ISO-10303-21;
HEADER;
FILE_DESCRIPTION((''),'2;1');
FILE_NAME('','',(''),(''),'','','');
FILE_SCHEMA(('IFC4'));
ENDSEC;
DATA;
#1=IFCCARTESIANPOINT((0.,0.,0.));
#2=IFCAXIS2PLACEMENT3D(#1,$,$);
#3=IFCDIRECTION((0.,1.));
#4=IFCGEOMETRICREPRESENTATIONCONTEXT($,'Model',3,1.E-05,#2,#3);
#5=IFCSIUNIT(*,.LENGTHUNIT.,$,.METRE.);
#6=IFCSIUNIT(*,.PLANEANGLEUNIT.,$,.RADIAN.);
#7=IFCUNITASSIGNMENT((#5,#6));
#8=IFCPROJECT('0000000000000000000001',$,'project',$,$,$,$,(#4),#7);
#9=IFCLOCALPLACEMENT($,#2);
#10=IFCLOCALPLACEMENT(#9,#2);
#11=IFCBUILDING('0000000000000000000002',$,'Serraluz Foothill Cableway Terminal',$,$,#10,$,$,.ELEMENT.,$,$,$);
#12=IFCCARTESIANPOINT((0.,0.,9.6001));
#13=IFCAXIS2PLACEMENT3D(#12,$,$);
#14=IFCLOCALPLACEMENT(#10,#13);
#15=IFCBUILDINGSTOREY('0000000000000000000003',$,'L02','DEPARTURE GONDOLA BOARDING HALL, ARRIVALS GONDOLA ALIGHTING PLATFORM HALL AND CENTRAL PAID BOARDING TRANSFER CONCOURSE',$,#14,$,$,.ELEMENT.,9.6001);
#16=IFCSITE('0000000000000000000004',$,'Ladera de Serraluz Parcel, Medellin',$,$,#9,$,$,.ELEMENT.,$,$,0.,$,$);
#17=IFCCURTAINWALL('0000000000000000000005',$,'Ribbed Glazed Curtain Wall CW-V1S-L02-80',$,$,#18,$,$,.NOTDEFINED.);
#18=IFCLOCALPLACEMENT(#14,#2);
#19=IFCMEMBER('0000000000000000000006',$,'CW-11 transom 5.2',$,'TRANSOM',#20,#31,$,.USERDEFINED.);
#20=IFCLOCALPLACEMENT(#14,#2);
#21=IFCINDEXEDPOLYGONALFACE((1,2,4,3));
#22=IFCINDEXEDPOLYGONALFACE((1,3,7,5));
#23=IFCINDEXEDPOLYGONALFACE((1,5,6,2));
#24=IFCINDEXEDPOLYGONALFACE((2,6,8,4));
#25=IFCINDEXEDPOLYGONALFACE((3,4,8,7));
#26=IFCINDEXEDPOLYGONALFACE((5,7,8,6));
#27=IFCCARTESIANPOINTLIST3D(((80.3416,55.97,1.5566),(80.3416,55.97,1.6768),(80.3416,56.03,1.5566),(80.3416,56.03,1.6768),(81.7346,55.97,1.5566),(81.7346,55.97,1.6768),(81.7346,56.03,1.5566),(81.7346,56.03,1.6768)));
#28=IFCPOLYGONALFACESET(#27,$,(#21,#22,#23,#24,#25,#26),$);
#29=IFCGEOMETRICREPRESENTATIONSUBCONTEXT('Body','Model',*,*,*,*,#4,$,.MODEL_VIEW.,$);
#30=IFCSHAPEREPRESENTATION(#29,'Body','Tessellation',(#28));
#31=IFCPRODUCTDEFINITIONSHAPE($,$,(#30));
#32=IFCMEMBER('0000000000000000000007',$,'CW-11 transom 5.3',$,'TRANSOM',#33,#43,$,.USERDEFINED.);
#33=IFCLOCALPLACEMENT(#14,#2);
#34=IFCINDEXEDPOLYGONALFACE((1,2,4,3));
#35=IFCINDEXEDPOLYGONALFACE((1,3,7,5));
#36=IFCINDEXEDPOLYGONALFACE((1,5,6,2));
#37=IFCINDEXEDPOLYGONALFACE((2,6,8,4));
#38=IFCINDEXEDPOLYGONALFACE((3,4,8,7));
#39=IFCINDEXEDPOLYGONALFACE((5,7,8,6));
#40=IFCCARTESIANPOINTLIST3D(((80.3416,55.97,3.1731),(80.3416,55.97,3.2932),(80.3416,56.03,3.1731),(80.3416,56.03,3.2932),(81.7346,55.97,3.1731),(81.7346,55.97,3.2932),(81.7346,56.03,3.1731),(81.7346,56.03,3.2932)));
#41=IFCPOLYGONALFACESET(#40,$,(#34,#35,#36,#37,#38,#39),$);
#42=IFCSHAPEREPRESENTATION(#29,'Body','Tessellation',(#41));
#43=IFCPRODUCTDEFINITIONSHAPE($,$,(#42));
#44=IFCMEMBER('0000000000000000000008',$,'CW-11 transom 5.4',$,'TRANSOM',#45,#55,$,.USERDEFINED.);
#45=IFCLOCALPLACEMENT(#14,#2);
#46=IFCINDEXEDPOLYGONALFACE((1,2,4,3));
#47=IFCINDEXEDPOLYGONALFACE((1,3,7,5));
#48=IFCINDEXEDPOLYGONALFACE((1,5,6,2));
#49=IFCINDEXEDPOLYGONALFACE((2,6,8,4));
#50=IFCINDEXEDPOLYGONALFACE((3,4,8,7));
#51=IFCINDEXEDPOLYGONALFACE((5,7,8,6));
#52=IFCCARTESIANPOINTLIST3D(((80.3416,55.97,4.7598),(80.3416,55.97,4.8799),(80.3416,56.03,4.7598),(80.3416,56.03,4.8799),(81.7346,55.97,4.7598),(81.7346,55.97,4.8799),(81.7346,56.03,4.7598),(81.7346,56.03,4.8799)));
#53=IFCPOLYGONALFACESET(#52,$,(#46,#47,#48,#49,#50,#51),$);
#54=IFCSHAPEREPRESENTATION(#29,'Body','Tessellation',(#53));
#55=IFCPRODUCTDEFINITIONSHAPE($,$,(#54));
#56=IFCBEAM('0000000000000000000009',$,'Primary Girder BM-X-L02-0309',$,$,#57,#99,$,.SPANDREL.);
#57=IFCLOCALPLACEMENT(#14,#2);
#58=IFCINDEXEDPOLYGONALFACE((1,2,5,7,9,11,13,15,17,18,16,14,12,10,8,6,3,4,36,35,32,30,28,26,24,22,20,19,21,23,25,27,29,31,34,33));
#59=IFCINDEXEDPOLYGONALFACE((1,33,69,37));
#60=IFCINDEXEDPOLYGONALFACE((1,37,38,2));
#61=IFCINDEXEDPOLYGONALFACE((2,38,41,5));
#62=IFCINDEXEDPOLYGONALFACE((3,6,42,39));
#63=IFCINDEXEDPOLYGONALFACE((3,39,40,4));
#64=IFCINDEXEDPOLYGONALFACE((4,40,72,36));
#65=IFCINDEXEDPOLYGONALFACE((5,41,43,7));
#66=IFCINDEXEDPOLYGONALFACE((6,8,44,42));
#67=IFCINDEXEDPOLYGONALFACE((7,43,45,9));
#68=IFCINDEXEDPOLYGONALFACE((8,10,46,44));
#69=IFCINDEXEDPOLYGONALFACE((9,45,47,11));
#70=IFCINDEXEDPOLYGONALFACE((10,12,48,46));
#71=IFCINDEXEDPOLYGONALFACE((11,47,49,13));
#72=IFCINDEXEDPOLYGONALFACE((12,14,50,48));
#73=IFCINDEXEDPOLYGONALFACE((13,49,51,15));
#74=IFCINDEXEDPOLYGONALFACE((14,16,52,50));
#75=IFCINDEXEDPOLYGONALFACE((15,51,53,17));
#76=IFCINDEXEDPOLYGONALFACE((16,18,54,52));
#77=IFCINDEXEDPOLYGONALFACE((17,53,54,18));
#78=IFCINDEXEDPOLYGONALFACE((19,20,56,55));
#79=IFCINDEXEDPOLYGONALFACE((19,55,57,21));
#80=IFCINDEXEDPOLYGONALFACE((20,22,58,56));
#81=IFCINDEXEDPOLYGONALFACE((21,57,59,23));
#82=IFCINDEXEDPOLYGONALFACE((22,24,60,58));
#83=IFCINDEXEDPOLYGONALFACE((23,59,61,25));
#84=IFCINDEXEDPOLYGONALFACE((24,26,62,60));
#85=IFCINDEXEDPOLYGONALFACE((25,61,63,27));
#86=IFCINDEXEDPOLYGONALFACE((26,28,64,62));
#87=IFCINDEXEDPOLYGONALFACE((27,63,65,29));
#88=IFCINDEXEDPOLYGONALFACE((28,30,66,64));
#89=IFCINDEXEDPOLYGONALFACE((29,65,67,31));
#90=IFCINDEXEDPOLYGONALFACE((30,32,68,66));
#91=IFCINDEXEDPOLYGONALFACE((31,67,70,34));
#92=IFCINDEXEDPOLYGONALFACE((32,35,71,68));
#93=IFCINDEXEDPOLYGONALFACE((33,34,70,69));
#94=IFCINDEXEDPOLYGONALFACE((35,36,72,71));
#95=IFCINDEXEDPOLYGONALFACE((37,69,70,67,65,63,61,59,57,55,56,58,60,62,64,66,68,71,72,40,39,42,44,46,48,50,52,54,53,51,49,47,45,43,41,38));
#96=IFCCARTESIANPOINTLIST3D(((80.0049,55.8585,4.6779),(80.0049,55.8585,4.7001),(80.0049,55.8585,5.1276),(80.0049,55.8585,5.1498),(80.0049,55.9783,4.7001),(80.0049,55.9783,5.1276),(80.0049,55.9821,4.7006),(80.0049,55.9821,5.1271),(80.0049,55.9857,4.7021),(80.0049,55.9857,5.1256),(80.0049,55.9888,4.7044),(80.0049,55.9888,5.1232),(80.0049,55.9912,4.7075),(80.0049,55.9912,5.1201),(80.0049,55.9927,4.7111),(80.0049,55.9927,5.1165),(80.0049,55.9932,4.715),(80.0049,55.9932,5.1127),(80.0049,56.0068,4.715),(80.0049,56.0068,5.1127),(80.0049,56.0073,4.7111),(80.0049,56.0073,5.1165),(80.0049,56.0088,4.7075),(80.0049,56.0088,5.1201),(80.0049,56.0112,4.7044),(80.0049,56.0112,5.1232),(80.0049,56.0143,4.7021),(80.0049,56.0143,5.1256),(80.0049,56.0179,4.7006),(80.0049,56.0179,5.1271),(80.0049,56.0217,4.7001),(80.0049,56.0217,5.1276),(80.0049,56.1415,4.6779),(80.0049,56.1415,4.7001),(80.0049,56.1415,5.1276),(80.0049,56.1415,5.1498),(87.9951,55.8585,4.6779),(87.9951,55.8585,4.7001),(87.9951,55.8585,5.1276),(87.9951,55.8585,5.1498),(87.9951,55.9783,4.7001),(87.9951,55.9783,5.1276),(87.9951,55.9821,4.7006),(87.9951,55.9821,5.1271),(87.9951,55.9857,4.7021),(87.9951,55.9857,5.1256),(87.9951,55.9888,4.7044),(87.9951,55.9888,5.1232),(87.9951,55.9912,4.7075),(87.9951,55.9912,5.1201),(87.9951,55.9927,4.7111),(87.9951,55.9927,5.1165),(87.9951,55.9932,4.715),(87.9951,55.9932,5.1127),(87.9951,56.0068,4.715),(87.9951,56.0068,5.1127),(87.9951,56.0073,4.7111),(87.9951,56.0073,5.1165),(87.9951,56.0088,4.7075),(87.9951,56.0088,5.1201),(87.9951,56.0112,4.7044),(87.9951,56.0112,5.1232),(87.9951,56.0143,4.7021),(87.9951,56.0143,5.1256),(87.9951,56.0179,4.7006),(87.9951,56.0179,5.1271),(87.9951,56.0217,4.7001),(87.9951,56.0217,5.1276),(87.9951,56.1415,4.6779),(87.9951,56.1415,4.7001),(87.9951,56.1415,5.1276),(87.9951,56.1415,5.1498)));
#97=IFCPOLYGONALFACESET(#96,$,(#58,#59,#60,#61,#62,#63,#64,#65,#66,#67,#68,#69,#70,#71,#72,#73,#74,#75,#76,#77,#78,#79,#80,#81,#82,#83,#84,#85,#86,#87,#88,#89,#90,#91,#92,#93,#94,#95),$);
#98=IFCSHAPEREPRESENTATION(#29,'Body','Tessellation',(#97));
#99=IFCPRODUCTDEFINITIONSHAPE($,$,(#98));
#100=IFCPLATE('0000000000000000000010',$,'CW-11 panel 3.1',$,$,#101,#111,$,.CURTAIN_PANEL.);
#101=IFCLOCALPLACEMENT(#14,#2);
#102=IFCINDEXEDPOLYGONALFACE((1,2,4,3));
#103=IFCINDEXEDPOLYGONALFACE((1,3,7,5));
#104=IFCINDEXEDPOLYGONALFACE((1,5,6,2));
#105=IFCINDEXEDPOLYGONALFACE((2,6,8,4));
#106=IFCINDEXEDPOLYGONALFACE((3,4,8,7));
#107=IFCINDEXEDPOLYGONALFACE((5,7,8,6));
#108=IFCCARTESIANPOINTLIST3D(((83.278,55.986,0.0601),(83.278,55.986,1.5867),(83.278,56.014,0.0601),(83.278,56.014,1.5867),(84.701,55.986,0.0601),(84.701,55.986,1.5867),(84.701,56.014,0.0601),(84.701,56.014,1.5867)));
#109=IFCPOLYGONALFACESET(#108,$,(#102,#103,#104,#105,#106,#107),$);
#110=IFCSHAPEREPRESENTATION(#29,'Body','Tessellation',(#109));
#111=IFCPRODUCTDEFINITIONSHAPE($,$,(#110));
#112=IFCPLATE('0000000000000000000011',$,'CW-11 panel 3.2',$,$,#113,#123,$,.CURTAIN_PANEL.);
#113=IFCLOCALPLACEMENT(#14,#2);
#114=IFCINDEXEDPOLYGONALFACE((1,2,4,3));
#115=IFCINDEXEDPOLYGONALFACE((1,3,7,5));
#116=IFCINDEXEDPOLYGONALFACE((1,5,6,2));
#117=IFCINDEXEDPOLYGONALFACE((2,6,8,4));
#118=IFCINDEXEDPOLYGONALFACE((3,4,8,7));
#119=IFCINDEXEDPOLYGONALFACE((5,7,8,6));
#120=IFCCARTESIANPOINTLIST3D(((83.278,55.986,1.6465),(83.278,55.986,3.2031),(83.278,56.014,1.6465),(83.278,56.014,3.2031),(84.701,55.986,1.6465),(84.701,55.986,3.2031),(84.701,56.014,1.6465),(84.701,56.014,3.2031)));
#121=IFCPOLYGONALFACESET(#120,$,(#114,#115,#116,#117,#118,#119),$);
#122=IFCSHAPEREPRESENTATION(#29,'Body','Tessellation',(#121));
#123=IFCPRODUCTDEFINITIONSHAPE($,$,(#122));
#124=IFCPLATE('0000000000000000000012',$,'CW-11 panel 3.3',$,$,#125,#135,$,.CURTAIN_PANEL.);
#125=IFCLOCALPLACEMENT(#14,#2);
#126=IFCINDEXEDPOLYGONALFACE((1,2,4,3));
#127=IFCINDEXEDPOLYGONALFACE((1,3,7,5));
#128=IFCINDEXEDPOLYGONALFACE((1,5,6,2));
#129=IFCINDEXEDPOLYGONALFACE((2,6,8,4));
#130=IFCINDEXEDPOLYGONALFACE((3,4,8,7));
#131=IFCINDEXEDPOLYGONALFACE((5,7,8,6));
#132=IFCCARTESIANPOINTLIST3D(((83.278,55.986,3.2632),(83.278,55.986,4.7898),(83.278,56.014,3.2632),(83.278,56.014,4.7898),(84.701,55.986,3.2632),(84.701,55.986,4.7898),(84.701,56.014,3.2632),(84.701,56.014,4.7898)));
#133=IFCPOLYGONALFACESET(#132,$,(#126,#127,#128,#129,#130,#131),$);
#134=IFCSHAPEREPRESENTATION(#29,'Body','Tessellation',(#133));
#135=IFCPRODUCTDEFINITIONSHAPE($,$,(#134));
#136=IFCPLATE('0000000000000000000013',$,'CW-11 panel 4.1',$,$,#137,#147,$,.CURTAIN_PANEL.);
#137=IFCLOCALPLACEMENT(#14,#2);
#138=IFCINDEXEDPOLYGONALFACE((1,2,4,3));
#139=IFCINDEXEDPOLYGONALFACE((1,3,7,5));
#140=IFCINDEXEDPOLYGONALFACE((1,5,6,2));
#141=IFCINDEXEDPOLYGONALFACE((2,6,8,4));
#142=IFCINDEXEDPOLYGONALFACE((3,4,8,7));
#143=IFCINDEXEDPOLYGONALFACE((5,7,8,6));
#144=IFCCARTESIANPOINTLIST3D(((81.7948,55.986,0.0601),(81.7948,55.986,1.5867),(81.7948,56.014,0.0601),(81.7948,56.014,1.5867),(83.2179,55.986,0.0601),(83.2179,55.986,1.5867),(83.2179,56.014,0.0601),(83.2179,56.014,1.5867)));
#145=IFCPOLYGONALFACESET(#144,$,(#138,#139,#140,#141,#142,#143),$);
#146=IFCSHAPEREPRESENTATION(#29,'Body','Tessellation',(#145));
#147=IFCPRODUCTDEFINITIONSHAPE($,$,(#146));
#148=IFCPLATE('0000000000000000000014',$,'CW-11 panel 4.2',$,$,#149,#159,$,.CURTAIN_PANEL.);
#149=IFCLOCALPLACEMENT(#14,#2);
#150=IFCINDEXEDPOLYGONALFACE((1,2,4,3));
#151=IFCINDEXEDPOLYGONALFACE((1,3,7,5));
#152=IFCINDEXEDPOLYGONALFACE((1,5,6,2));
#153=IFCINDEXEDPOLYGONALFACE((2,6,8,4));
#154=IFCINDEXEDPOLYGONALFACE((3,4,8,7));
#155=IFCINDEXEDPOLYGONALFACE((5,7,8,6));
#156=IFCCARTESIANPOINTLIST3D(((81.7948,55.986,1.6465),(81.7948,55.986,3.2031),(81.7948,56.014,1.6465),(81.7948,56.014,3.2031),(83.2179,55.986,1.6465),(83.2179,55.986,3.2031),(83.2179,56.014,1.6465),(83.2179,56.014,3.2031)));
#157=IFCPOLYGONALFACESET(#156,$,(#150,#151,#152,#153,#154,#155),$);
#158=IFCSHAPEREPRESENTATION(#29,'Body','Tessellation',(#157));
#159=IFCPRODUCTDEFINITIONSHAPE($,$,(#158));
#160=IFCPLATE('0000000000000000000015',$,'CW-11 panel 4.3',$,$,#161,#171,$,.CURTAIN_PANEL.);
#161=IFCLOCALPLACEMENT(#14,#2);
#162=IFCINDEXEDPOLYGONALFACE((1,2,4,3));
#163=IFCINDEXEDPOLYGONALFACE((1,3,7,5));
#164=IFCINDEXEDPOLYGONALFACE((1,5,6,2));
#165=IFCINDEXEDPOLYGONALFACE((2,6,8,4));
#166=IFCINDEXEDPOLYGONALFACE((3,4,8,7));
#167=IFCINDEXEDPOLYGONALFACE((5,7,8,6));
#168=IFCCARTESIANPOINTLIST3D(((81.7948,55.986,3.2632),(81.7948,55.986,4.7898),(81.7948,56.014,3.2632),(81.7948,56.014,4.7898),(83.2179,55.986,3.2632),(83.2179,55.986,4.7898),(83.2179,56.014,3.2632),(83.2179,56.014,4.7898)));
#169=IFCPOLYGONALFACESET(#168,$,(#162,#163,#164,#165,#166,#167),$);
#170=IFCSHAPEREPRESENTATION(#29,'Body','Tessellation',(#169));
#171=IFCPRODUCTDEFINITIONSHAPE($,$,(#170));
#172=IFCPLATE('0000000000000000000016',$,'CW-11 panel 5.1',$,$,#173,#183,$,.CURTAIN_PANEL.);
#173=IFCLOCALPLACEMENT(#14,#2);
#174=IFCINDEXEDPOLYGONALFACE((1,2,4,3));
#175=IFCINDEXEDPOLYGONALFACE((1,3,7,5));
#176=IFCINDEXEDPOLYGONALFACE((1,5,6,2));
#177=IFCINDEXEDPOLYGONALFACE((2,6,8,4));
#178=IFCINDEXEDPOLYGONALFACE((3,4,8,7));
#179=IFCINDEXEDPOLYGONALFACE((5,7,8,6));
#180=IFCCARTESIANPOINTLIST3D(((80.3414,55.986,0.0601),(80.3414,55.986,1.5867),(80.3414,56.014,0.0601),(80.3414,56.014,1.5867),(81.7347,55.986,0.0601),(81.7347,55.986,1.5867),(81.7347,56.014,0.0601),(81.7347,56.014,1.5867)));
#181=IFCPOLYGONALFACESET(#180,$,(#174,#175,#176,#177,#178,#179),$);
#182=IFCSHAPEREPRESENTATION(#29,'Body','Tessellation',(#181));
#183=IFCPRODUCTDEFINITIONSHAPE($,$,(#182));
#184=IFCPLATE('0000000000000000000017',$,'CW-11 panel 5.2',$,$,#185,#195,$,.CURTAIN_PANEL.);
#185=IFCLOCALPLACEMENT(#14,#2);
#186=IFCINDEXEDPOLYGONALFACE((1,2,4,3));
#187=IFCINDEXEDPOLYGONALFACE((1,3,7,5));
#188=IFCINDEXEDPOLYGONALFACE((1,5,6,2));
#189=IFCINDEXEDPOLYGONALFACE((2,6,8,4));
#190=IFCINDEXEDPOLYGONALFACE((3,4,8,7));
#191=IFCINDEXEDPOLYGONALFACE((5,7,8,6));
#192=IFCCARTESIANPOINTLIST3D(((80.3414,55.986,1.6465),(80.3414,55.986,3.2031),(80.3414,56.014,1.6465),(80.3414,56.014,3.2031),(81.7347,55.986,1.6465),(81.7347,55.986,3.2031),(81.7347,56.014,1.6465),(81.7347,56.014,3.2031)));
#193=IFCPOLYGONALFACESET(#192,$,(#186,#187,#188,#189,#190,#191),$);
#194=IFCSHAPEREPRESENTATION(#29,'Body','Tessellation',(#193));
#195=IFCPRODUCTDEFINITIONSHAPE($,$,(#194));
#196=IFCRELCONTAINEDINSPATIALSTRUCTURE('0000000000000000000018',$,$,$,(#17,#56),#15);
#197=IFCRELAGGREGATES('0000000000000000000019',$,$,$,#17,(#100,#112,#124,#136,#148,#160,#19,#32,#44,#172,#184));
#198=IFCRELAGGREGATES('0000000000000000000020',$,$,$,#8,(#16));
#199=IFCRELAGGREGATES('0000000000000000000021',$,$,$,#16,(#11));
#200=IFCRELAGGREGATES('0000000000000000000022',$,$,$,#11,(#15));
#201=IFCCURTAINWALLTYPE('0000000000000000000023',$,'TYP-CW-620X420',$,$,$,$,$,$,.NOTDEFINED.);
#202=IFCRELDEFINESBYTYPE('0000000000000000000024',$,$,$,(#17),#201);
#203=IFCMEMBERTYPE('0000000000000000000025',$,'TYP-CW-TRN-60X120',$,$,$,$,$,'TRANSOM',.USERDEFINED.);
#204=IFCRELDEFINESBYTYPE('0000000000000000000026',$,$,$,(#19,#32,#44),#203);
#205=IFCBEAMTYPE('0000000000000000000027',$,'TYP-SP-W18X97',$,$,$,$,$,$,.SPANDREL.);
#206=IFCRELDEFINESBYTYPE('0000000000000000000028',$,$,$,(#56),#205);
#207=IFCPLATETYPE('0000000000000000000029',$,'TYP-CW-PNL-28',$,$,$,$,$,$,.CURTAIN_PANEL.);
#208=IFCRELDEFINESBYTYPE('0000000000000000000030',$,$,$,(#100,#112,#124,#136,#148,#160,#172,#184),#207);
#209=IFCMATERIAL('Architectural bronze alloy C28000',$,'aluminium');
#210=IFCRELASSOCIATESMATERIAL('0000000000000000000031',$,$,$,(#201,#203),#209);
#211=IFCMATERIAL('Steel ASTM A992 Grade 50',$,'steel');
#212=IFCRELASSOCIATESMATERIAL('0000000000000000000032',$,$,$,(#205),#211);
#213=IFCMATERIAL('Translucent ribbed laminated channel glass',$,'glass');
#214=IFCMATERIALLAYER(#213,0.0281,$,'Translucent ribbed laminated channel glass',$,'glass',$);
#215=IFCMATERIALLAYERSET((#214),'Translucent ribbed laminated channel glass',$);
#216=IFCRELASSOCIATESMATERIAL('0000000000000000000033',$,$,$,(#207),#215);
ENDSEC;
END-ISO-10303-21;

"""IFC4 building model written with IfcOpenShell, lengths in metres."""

from ifc_helpers import new_model, si_unit, direction, frame, origin, origin_2d, place, context, subcontext, project, spatial, rectangle, i_section, extrude, material, layer, layer_set, material_profile, profile_set, type_object, element, aggregate, save


model = new_model("IFC4")

# Units and contexts
model_context = context("Model", 3, precision=1e-05, world=origin(), true_north=direction((0.0, 1.0)))
body_context = subcontext(model_context, "Body", "Model", "MODEL_VIEW")
ifc_project = project(units=[si_unit("LENGTHUNIT", "METRE"), si_unit("PLANEANGLEUNIT", "RADIAN")], contexts=[model_context])

# Site, building, storey
site_placement = place(None, origin())
site = spatial("IfcSite", under=ifc_project, at=site_placement, Name="Ladera de Serraluz Parcel, Medellin", CompositionType="ELEMENT", RefElevation=0.0)
building_placement = place(site_placement, origin())
building = spatial("IfcBuilding", under=site, at=building_placement, Name="Serraluz Foothill Cableway Terminal", CompositionType="ELEMENT")
storey_placement = place(building_placement, frame((0.0, 0.0, 9.6001)))
storey = spatial("IfcBuildingStorey", under=building, at=storey_placement, Name="L02", Description="DEPARTURE GONDOLA BOARDING HALL, ARRIVALS GONDOLA ALIGHTING PLATFORM HALL AND CENTRAL PAID BOARDING TRANSFER CONCOURSE", CompositionType="ELEMENT", Elevation=9.6001)

# Shared definitions
ifc_material_1 = material(Name="Steel ASTM A992 Grade 50", Category="steel")

# Shared definitions
ifc_material_2 = material(Name="Architectural bronze alloy C28000", Category="aluminium")

# Curtain wall, members
curtain_wall_type_1 = type_object("IfcCurtainWallType", Name="TYP-CW-620X420", PredefinedType="NOTDEFINED", material=ifc_material_2)
curtain_wall_1_placement = place(storey_placement, origin())
curtain_wall_1 = element("IfcCurtainWall", 1, at=curtain_wall_1_placement, inside=storey, type_object=curtain_wall_type_1, Name="Ribbed Glazed Curtain Wall CW-V1S-L02-80", PredefinedType="NOTDEFINED")
ifc_material_profile_1 = material_profile(ifc_material_2, rectangle(XDim=0.0601, YDim=0.1201, at=origin_2d()), Name="ALU TRANSOM 60x120")
ifc_profile_set_1 = profile_set([ifc_material_profile_1], Name="Architectural bronze alloy C28000")
member_type_1 = type_object("IfcMemberType", Name="TYP-CW-TRN-60X120", ElementType="TRANSOM", PredefinedType="USERDEFINED", material=ifc_profile_set_1)
member_1_placement = place(storey_placement, frame((81.7346, 56.0, 1.6167), z_axis=(-1.0, 0.0, 0.0), x_axis=(0.0, -1.0, 0.0)))
member_1 = element("IfcMember", 2, at=member_1_placement, type_object=member_type_1, Name="CW-11 transom 5.2", ObjectType="TRANSOM", PredefinedType="USERDEFINED", context=body_context, shape_type="SweptSolid", body=[
    extrude(rectangle(XDim=0.0601, YDim=0.1201, at=origin_2d()), origin(), (0.0, 0.0, 1.0), 1.3931),
])
member_2_placement = place(storey_placement, frame((81.7346, 56.0, 3.2332), z_axis=(-1.0, 0.0, 0.0), x_axis=(0.0, -1.0, 0.0)))
member_2 = element("IfcMember", 3, at=member_2_placement, type_object=member_type_1, Name="CW-11 transom 5.3", ObjectType="TRANSOM", PredefinedType="USERDEFINED", context=body_context, shape_type="SweptSolid", body=[
    extrude(rectangle(XDim=0.0601, YDim=0.1201, at=origin_2d()), origin(), (0.0, 0.0, 1.0), 1.3931),
])
member_3_placement = place(storey_placement, frame((81.7346, 56.0, 4.8198), z_axis=(-1.0, 0.0, 0.0), x_axis=(0.0, -1.0, 0.0)))
member_3 = element("IfcMember", 4, at=member_3_placement, type_object=member_type_1, Name="CW-11 transom 5.4", ObjectType="TRANSOM", PredefinedType="USERDEFINED", context=body_context, shape_type="SweptSolid", body=[
    extrude(rectangle(XDim=0.0601, YDim=0.1201, at=origin_2d()), origin(), (0.0, 0.0, 1.0), 1.3931),
])

# Beam
ifc_material_profile_2 = material_profile(ifc_material_1, i_section(OverallWidth=0.283, OverallDepth=0.4719, WebThickness=0.0137, FlangeThickness=0.0222, FilletRadius=0.0149, at=origin_2d()), Name="W18X97")
ifc_profile_set_2 = profile_set([ifc_material_profile_2], Name="Steel ASTM A992 Grade 50")
beam_type = type_object("IfcBeamType", Name="TYP-SP-W18X97", PredefinedType="SPANDREL", material=ifc_profile_set_2)
beam_placement = place(storey_placement, frame((80.0049, 56.0, 4.9138), z_axis=(1.0, 0.0, 0.0), x_axis=(0.0, 1.0, 0.0)))
element("IfcBeam", 5, at=beam_placement, inside=storey, type_object=beam_type, Name="Primary Girder BM-X-L02-0309", PredefinedType="SPANDREL", context=body_context, shape_type="SweptSolid", body=[
    extrude(i_section(OverallWidth=0.283, OverallDepth=0.4719, WebThickness=0.0137, FlangeThickness=0.0222, FilletRadius=0.0149, at=origin_2d()), origin(), (0.0, 0.0, 1.0), 7.9902),
])

# Plates
ifc_material_3 = material(Name="Translucent ribbed laminated channel glass", Category="glass")
ifc_layer_1 = layer(ifc_material_3, 0.0281, Name="Translucent ribbed laminated channel glass", Category="glass")
ifc_layer_set_1 = layer_set([ifc_layer_1], Name="Translucent ribbed laminated channel glass")
plate_type_1 = type_object("IfcPlateType", Name="TYP-CW-PNL-28", PredefinedType="CURTAIN_PANEL", material=ifc_layer_set_1)
plate_1_placement = place(storey_placement, frame((83.9895, 56.0, 0.0601), z_axis=(0.0, 0.0, 1.0), x_axis=(-1.0, 0.0, 0.0)))
plate_1 = element("IfcPlate", 6, at=plate_1_placement, type_object=plate_type_1, Name="CW-11 panel 3.1", PredefinedType="CURTAIN_PANEL", context=body_context, shape_type="SweptSolid", body=[
    extrude(rectangle(XDim=1.4231, YDim=0.0281, at=origin_2d()), origin(), (0.0, 0.0, 1.0), 1.5266),
])
plate_2_placement = place(storey_placement, frame((83.9895, 56.0, 1.6465), z_axis=(0.0, 0.0, 1.0), x_axis=(-1.0, 0.0, 0.0)))
plate_2 = element("IfcPlate", 7, at=plate_2_placement, type_object=plate_type_1, Name="CW-11 panel 3.2", PredefinedType="CURTAIN_PANEL", context=body_context, shape_type="SweptSolid", body=[
    extrude(rectangle(XDim=1.4231, YDim=0.0281, at=origin_2d()), origin(), (0.0, 0.0, 1.0), 1.5566),
])
plate_3_placement = place(storey_placement, frame((83.9895, 56.0, 3.2632), z_axis=(0.0, 0.0, 1.0), x_axis=(-1.0, 0.0, 0.0)))
plate_3 = element("IfcPlate", 8, at=plate_3_placement, type_object=plate_type_1, Name="CW-11 panel 3.3", PredefinedType="CURTAIN_PANEL", context=body_context, shape_type="SweptSolid", body=[
    extrude(rectangle(XDim=1.4231, YDim=0.0281, at=origin_2d()), origin(), (0.0, 0.0, 1.0), 1.5266),
])
plate_4_placement = place(storey_placement, frame((82.5063, 56.0, 0.0601), z_axis=(0.0, 0.0, 1.0), x_axis=(-1.0, 0.0, 0.0)))
plate_4 = element("IfcPlate", 9, at=plate_4_placement, type_object=plate_type_1, Name="CW-11 panel 4.1", PredefinedType="CURTAIN_PANEL", context=body_context, shape_type="SweptSolid", body=[
    extrude(rectangle(XDim=1.4231, YDim=0.0281, at=origin_2d()), origin(), (0.0, 0.0, 1.0), 1.5266),
])
plate_5_placement = place(storey_placement, frame((82.5063, 56.0, 1.6465), z_axis=(0.0, 0.0, 1.0), x_axis=(-1.0, 0.0, 0.0)))
plate_5 = element("IfcPlate", 10, at=plate_5_placement, type_object=plate_type_1, Name="CW-11 panel 4.2", PredefinedType="CURTAIN_PANEL", context=body_context, shape_type="SweptSolid", body=[
    extrude(rectangle(XDim=1.4231, YDim=0.0281, at=origin_2d()), origin(), (0.0, 0.0, 1.0), 1.5566),
])
plate_6_placement = place(storey_placement, frame((82.5063, 56.0, 3.2632), z_axis=(0.0, 0.0, 1.0), x_axis=(-1.0, 0.0, 0.0)))
plate_6 = element("IfcPlate", 11, at=plate_6_placement, type_object=plate_type_1, Name="CW-11 panel 4.3", PredefinedType="CURTAIN_PANEL", context=body_context, shape_type="SweptSolid", body=[
    extrude(rectangle(XDim=1.4231, YDim=0.0281, at=origin_2d()), origin(), (0.0, 0.0, 1.0), 1.5266),
])
plate_7_placement = place(storey_placement, frame((81.0381, 56.0, 0.0601), z_axis=(0.0, 0.0, 1.0), x_axis=(-1.0, 0.0, 0.0)))
plate_7 = element("IfcPlate", 12, at=plate_7_placement, type_object=plate_type_1, Name="CW-11 panel 5.1", PredefinedType="CURTAIN_PANEL", context=body_context, shape_type="SweptSolid", body=[
    extrude(rectangle(XDim=1.3933, YDim=0.0281, at=origin_2d()), origin(), (0.0, 0.0, 1.0), 1.5266),
])
plate_8_placement = place(storey_placement, frame((81.0381, 56.0, 1.6465), z_axis=(0.0, 0.0, 1.0), x_axis=(-1.0, 0.0, 0.0)))
plate_8 = element("IfcPlate", 13, at=plate_8_placement, type_object=plate_type_1, Name="CW-11 panel 5.2", PredefinedType="CURTAIN_PANEL", context=body_context, shape_type="SweptSolid", body=[
    extrude(rectangle(XDim=1.3933, YDim=0.0281, at=origin_2d()), origin(), (0.0, 0.0, 1.0), 1.5566),
])
aggregate(curtain_wall_1, [plate_1, plate_2, plate_3, plate_4, plate_5, plate_6, member_1, member_2, member_3, plate_7, plate_8])

save(model, "model.ifc")
